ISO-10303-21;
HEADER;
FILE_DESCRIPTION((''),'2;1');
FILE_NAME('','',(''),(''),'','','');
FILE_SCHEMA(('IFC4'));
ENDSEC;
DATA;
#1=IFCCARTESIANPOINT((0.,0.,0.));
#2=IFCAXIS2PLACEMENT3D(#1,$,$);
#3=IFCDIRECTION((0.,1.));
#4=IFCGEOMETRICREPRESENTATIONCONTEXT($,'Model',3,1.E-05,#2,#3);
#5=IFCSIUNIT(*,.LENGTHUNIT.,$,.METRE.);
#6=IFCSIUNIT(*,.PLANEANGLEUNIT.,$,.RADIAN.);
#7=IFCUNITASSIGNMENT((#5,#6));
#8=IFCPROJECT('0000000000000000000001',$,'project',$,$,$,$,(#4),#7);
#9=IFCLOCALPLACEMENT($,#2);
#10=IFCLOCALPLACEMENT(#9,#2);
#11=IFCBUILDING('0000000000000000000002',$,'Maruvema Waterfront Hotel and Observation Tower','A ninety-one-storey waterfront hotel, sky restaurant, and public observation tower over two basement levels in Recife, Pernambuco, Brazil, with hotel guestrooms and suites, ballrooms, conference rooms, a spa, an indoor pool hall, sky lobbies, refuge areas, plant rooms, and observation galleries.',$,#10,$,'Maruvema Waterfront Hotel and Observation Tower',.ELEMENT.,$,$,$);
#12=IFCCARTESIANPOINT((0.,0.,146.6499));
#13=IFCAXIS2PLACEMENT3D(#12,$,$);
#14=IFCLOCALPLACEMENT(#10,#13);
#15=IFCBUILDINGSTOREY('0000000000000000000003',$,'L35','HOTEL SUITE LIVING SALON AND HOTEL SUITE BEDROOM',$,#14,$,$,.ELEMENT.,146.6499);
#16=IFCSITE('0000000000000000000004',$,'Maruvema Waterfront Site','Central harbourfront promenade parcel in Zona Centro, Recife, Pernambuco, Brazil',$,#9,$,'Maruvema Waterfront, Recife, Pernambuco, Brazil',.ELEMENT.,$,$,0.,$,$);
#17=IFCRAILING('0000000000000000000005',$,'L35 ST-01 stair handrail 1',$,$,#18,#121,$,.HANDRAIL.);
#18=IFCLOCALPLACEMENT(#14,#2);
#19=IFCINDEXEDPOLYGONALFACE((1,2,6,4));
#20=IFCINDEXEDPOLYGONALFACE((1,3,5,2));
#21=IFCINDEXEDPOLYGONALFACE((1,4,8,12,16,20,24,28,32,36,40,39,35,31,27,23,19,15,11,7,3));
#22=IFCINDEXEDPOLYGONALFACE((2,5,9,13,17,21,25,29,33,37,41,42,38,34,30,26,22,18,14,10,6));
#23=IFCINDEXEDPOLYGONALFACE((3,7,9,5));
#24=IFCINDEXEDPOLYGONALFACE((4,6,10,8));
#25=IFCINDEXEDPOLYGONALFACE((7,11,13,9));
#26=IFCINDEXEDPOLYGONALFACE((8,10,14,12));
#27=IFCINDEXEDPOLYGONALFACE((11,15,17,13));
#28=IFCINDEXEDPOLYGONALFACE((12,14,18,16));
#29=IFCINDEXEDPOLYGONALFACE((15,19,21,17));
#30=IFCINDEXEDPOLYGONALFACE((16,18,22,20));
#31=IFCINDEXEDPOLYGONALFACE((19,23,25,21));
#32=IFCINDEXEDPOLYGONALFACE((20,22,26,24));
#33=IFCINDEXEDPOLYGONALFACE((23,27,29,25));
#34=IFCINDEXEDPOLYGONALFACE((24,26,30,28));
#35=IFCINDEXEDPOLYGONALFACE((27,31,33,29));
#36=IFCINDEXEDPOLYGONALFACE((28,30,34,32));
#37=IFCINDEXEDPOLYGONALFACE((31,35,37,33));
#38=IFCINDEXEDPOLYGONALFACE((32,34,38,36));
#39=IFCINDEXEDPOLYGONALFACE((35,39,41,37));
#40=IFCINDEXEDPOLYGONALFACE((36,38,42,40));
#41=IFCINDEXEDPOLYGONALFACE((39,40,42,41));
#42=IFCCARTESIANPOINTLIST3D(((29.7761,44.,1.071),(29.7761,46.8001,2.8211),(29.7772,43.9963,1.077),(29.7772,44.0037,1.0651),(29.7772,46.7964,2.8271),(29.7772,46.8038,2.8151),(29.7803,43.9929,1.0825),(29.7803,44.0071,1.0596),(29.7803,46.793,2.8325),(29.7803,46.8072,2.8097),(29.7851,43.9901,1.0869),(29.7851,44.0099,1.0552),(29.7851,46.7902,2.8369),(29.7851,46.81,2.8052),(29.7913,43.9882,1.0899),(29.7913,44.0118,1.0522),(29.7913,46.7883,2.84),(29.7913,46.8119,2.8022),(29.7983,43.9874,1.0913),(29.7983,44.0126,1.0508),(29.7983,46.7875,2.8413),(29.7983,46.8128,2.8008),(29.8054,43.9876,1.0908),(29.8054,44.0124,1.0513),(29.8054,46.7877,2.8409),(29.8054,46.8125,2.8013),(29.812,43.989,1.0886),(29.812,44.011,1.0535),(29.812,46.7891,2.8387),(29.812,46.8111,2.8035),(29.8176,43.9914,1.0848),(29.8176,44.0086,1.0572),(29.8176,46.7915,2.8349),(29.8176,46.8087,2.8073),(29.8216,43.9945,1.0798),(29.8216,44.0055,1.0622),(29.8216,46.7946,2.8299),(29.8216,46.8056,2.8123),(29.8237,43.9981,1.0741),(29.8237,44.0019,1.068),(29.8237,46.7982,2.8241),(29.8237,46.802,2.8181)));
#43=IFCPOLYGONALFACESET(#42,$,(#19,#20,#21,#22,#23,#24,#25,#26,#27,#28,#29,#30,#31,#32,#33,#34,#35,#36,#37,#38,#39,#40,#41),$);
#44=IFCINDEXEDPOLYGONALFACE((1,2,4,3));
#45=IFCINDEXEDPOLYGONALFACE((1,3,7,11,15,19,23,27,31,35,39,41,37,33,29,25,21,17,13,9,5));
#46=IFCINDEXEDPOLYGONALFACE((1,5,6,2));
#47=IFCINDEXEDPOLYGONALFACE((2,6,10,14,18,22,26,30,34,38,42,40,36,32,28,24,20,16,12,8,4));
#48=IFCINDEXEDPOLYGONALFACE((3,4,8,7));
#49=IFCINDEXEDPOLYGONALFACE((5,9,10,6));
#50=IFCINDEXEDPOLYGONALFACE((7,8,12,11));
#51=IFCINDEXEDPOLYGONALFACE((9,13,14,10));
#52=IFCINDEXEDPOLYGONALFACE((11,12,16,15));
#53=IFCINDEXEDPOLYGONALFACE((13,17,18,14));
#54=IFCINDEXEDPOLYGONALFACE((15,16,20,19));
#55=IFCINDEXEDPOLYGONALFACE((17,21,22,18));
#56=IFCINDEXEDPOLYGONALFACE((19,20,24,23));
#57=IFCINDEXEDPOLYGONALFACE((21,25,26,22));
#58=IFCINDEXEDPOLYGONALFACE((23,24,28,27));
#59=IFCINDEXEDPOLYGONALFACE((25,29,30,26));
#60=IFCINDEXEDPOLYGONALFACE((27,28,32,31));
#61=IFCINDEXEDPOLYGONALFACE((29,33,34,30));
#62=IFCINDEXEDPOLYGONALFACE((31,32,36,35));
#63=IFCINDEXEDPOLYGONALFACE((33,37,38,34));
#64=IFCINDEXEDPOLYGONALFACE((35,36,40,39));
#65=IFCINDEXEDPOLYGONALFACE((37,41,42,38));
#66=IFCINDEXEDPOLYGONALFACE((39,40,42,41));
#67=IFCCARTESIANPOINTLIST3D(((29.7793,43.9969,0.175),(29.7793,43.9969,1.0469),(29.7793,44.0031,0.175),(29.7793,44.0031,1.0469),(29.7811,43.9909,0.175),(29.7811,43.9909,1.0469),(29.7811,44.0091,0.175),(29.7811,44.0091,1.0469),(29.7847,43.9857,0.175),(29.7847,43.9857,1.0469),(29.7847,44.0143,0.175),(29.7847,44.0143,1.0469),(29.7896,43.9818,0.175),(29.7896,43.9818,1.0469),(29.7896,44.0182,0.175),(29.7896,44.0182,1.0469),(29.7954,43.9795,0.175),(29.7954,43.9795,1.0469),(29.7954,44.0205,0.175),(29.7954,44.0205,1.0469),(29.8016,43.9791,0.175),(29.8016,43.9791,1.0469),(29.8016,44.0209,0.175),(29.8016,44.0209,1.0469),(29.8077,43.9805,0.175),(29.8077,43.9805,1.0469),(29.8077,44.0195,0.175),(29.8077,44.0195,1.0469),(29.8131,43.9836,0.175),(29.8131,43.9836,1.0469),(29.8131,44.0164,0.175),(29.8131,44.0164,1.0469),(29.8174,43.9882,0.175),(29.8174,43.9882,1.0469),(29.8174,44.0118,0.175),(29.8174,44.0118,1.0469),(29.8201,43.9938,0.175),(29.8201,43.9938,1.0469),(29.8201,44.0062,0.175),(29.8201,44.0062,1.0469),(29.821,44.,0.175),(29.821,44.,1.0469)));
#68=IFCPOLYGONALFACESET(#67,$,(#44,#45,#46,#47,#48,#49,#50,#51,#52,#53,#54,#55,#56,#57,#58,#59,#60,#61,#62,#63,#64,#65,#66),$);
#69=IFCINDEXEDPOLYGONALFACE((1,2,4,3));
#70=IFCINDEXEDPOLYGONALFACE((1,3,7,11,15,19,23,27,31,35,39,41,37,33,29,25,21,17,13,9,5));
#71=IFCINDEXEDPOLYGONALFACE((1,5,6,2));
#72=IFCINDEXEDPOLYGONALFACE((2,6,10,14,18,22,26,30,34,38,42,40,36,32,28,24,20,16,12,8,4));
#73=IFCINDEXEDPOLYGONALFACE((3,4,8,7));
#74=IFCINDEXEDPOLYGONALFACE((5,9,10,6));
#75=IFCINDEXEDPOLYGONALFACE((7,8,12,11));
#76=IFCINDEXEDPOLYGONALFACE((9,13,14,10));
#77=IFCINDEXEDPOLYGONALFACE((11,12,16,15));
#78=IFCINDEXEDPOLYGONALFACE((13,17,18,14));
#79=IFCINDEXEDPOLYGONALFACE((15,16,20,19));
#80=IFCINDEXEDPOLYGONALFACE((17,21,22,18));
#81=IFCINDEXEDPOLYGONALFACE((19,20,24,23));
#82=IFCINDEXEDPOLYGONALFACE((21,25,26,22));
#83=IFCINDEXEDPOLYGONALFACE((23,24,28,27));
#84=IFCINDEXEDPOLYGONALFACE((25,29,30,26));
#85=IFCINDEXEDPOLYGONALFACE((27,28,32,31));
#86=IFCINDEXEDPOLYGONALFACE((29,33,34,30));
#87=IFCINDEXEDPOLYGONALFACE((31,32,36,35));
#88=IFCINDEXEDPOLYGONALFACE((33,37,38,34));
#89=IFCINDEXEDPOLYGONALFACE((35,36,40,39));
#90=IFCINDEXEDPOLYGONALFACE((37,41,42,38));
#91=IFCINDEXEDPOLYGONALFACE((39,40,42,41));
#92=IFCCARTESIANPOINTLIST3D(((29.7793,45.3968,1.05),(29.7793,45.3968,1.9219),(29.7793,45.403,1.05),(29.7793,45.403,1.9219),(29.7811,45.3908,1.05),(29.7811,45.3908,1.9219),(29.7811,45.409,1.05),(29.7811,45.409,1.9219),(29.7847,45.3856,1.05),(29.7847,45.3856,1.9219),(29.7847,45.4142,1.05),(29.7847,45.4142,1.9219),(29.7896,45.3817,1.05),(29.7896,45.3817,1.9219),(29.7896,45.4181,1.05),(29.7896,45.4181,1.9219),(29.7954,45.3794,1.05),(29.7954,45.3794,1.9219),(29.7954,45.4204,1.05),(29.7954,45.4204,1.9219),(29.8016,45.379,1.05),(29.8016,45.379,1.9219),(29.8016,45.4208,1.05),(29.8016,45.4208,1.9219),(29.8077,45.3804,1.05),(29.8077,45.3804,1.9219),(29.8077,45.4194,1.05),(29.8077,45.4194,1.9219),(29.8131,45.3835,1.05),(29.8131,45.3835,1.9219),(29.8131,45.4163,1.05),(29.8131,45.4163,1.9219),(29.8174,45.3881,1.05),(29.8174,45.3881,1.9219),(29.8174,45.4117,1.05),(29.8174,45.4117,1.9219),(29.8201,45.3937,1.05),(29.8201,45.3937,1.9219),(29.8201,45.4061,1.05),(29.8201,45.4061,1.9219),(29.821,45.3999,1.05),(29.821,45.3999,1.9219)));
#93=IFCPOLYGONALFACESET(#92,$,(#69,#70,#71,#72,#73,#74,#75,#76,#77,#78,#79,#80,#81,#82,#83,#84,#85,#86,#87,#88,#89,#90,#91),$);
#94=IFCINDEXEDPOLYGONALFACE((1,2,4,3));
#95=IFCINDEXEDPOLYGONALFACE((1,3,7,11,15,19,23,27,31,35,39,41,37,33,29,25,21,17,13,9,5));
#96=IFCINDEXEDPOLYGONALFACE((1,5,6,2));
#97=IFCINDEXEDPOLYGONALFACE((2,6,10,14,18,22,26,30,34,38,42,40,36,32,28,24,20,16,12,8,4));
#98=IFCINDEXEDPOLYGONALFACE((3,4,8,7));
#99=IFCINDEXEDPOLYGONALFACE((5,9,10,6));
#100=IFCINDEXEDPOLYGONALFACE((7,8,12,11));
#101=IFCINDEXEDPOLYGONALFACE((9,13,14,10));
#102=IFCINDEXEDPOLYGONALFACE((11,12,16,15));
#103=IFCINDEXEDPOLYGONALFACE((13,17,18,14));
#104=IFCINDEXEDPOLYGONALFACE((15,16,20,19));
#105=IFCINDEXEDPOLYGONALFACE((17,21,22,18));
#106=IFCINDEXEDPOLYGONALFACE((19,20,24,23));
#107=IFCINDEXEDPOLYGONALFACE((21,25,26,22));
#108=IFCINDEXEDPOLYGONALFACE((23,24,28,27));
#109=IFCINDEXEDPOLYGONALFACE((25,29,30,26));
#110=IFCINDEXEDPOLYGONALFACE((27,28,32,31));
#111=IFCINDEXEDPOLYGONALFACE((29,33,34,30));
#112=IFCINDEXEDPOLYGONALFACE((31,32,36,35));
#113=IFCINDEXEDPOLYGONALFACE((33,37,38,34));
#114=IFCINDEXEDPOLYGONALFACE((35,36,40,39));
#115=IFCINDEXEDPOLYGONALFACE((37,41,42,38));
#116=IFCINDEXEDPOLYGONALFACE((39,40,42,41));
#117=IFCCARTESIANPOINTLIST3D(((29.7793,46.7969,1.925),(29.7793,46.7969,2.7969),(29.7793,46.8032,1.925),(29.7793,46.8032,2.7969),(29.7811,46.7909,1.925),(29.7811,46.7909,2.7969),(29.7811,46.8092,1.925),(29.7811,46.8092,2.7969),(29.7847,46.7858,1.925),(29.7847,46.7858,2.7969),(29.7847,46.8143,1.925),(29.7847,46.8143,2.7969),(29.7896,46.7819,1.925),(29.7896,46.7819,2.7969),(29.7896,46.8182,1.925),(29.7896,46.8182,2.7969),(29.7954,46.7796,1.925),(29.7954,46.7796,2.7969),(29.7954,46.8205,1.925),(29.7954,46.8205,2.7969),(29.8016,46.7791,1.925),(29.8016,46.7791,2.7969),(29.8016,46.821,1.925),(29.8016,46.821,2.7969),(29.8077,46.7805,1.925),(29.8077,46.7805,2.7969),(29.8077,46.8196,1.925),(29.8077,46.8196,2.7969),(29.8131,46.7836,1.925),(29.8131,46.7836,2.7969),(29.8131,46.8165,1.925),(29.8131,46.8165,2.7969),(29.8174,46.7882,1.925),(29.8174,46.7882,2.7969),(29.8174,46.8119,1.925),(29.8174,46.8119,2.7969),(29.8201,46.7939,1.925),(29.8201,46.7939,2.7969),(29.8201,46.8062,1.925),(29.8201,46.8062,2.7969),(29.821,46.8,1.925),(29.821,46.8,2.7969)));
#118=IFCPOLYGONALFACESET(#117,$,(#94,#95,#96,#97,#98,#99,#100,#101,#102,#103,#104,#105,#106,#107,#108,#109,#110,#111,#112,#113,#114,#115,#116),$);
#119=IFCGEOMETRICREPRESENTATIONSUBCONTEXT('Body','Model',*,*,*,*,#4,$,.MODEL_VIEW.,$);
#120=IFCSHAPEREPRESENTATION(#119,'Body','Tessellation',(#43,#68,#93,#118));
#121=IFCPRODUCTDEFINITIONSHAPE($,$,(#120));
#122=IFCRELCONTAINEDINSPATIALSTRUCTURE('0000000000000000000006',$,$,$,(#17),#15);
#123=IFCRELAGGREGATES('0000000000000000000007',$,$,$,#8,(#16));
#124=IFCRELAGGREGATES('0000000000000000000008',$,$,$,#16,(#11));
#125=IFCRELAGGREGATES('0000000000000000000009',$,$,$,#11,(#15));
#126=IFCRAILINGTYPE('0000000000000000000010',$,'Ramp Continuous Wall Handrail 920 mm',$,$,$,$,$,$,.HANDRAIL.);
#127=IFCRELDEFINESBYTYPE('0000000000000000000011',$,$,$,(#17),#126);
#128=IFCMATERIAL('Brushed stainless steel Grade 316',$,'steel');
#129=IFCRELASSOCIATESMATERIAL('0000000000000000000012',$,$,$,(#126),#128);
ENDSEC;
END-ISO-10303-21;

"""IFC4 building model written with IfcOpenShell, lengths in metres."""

from ifc_helpers import new_model, si_unit, direction, frame, origin, origin_2d, place, context, subcontext, project, spatial, circle, extrude, material, type_object, element, save


model = new_model("IFC4")

# Units and contexts
model_context = context("Model", 3, precision=1e-05, world=origin(), true_north=direction((0.0, 1.0)))
body_context = subcontext(model_context, "Body", "Model", "MODEL_VIEW")
ifc_project = project(units=[si_unit("LENGTHUNIT", "METRE"), si_unit("PLANEANGLEUNIT", "RADIAN")], contexts=[model_context])

# Site, building, storey
site_placement = place(None, origin())
site = spatial("IfcSite", under=ifc_project, at=site_placement, Name="Maruvema Waterfront Site", Description="Central harbourfront promenade parcel in Zona Centro, Recife, Pernambuco, Brazil", LongName="Maruvema Waterfront, Recife, Pernambuco, Brazil", CompositionType="ELEMENT", RefElevation=0.0)
building_placement = place(site_placement, origin())
building = spatial("IfcBuilding", under=site, at=building_placement, Name="Maruvema Waterfront Hotel and Observation Tower", Description="A ninety-one-storey waterfront hotel, sky restaurant, and public observation tower over two basement levels in Recife, Pernambuco, Brazil, with hotel guestrooms and suites, ballrooms, conference rooms, a spa, an indoor pool hall, sky lobbies, refuge areas, plant rooms, and observation galleries.", LongName="Maruvema Waterfront Hotel and Observation Tower", CompositionType="ELEMENT")
storey_placement = place(building_placement, frame((0.0, 0.0, 146.6499)))
storey = spatial("IfcBuildingStorey", under=building, at=storey_placement, Name="L35", Description="HOTEL SUITE LIVING SALON AND HOTEL SUITE BEDROOM", CompositionType="ELEMENT", Elevation=146.6499)

# Railing
ifc_material_1 = material(Name="Brushed stainless steel Grade 316", Category="steel")
railing_type_1 = type_object("IfcRailingType", Name="Ramp Continuous Wall Handrail 920 mm", PredefinedType="HANDRAIL", material=ifc_material_1)
railing_1_placement = place(storey_placement, frame((29.8, 44.0, 0.175)))
element("IfcRailing", 1, at=railing_1_placement, inside=storey, type_object=railing_type_1, Name="L35 ST-01 stair handrail 1", PredefinedType="HANDRAIL", context=body_context, shape_type="SweptSolid", body=[
    extrude(circle(Radius=0.0239, at=origin_2d()), frame((0.0, 0.0, 0.896), z_axis=(0.0, 0.848002, 0.529992), x_axis=(-1.0, 0.0, 0.0)), (0.0, 0.0, 1.0), 3.302),
    extrude(circle(Radius=0.021, at=origin_2d()), origin(), (0.0, 0.0, 1.0), 0.8718),
    extrude(circle(Radius=0.021, at=origin_2d()), frame((0.0, 1.3999, 0.875)), (0.0, 0.0, 1.0), 0.8718),
    extrude(circle(Radius=0.021, at=origin_2d()), frame((0.0, 2.8, 1.75)), (0.0, 0.0, 1.0), 0.8718),
])

save(model, "model.ifc")
